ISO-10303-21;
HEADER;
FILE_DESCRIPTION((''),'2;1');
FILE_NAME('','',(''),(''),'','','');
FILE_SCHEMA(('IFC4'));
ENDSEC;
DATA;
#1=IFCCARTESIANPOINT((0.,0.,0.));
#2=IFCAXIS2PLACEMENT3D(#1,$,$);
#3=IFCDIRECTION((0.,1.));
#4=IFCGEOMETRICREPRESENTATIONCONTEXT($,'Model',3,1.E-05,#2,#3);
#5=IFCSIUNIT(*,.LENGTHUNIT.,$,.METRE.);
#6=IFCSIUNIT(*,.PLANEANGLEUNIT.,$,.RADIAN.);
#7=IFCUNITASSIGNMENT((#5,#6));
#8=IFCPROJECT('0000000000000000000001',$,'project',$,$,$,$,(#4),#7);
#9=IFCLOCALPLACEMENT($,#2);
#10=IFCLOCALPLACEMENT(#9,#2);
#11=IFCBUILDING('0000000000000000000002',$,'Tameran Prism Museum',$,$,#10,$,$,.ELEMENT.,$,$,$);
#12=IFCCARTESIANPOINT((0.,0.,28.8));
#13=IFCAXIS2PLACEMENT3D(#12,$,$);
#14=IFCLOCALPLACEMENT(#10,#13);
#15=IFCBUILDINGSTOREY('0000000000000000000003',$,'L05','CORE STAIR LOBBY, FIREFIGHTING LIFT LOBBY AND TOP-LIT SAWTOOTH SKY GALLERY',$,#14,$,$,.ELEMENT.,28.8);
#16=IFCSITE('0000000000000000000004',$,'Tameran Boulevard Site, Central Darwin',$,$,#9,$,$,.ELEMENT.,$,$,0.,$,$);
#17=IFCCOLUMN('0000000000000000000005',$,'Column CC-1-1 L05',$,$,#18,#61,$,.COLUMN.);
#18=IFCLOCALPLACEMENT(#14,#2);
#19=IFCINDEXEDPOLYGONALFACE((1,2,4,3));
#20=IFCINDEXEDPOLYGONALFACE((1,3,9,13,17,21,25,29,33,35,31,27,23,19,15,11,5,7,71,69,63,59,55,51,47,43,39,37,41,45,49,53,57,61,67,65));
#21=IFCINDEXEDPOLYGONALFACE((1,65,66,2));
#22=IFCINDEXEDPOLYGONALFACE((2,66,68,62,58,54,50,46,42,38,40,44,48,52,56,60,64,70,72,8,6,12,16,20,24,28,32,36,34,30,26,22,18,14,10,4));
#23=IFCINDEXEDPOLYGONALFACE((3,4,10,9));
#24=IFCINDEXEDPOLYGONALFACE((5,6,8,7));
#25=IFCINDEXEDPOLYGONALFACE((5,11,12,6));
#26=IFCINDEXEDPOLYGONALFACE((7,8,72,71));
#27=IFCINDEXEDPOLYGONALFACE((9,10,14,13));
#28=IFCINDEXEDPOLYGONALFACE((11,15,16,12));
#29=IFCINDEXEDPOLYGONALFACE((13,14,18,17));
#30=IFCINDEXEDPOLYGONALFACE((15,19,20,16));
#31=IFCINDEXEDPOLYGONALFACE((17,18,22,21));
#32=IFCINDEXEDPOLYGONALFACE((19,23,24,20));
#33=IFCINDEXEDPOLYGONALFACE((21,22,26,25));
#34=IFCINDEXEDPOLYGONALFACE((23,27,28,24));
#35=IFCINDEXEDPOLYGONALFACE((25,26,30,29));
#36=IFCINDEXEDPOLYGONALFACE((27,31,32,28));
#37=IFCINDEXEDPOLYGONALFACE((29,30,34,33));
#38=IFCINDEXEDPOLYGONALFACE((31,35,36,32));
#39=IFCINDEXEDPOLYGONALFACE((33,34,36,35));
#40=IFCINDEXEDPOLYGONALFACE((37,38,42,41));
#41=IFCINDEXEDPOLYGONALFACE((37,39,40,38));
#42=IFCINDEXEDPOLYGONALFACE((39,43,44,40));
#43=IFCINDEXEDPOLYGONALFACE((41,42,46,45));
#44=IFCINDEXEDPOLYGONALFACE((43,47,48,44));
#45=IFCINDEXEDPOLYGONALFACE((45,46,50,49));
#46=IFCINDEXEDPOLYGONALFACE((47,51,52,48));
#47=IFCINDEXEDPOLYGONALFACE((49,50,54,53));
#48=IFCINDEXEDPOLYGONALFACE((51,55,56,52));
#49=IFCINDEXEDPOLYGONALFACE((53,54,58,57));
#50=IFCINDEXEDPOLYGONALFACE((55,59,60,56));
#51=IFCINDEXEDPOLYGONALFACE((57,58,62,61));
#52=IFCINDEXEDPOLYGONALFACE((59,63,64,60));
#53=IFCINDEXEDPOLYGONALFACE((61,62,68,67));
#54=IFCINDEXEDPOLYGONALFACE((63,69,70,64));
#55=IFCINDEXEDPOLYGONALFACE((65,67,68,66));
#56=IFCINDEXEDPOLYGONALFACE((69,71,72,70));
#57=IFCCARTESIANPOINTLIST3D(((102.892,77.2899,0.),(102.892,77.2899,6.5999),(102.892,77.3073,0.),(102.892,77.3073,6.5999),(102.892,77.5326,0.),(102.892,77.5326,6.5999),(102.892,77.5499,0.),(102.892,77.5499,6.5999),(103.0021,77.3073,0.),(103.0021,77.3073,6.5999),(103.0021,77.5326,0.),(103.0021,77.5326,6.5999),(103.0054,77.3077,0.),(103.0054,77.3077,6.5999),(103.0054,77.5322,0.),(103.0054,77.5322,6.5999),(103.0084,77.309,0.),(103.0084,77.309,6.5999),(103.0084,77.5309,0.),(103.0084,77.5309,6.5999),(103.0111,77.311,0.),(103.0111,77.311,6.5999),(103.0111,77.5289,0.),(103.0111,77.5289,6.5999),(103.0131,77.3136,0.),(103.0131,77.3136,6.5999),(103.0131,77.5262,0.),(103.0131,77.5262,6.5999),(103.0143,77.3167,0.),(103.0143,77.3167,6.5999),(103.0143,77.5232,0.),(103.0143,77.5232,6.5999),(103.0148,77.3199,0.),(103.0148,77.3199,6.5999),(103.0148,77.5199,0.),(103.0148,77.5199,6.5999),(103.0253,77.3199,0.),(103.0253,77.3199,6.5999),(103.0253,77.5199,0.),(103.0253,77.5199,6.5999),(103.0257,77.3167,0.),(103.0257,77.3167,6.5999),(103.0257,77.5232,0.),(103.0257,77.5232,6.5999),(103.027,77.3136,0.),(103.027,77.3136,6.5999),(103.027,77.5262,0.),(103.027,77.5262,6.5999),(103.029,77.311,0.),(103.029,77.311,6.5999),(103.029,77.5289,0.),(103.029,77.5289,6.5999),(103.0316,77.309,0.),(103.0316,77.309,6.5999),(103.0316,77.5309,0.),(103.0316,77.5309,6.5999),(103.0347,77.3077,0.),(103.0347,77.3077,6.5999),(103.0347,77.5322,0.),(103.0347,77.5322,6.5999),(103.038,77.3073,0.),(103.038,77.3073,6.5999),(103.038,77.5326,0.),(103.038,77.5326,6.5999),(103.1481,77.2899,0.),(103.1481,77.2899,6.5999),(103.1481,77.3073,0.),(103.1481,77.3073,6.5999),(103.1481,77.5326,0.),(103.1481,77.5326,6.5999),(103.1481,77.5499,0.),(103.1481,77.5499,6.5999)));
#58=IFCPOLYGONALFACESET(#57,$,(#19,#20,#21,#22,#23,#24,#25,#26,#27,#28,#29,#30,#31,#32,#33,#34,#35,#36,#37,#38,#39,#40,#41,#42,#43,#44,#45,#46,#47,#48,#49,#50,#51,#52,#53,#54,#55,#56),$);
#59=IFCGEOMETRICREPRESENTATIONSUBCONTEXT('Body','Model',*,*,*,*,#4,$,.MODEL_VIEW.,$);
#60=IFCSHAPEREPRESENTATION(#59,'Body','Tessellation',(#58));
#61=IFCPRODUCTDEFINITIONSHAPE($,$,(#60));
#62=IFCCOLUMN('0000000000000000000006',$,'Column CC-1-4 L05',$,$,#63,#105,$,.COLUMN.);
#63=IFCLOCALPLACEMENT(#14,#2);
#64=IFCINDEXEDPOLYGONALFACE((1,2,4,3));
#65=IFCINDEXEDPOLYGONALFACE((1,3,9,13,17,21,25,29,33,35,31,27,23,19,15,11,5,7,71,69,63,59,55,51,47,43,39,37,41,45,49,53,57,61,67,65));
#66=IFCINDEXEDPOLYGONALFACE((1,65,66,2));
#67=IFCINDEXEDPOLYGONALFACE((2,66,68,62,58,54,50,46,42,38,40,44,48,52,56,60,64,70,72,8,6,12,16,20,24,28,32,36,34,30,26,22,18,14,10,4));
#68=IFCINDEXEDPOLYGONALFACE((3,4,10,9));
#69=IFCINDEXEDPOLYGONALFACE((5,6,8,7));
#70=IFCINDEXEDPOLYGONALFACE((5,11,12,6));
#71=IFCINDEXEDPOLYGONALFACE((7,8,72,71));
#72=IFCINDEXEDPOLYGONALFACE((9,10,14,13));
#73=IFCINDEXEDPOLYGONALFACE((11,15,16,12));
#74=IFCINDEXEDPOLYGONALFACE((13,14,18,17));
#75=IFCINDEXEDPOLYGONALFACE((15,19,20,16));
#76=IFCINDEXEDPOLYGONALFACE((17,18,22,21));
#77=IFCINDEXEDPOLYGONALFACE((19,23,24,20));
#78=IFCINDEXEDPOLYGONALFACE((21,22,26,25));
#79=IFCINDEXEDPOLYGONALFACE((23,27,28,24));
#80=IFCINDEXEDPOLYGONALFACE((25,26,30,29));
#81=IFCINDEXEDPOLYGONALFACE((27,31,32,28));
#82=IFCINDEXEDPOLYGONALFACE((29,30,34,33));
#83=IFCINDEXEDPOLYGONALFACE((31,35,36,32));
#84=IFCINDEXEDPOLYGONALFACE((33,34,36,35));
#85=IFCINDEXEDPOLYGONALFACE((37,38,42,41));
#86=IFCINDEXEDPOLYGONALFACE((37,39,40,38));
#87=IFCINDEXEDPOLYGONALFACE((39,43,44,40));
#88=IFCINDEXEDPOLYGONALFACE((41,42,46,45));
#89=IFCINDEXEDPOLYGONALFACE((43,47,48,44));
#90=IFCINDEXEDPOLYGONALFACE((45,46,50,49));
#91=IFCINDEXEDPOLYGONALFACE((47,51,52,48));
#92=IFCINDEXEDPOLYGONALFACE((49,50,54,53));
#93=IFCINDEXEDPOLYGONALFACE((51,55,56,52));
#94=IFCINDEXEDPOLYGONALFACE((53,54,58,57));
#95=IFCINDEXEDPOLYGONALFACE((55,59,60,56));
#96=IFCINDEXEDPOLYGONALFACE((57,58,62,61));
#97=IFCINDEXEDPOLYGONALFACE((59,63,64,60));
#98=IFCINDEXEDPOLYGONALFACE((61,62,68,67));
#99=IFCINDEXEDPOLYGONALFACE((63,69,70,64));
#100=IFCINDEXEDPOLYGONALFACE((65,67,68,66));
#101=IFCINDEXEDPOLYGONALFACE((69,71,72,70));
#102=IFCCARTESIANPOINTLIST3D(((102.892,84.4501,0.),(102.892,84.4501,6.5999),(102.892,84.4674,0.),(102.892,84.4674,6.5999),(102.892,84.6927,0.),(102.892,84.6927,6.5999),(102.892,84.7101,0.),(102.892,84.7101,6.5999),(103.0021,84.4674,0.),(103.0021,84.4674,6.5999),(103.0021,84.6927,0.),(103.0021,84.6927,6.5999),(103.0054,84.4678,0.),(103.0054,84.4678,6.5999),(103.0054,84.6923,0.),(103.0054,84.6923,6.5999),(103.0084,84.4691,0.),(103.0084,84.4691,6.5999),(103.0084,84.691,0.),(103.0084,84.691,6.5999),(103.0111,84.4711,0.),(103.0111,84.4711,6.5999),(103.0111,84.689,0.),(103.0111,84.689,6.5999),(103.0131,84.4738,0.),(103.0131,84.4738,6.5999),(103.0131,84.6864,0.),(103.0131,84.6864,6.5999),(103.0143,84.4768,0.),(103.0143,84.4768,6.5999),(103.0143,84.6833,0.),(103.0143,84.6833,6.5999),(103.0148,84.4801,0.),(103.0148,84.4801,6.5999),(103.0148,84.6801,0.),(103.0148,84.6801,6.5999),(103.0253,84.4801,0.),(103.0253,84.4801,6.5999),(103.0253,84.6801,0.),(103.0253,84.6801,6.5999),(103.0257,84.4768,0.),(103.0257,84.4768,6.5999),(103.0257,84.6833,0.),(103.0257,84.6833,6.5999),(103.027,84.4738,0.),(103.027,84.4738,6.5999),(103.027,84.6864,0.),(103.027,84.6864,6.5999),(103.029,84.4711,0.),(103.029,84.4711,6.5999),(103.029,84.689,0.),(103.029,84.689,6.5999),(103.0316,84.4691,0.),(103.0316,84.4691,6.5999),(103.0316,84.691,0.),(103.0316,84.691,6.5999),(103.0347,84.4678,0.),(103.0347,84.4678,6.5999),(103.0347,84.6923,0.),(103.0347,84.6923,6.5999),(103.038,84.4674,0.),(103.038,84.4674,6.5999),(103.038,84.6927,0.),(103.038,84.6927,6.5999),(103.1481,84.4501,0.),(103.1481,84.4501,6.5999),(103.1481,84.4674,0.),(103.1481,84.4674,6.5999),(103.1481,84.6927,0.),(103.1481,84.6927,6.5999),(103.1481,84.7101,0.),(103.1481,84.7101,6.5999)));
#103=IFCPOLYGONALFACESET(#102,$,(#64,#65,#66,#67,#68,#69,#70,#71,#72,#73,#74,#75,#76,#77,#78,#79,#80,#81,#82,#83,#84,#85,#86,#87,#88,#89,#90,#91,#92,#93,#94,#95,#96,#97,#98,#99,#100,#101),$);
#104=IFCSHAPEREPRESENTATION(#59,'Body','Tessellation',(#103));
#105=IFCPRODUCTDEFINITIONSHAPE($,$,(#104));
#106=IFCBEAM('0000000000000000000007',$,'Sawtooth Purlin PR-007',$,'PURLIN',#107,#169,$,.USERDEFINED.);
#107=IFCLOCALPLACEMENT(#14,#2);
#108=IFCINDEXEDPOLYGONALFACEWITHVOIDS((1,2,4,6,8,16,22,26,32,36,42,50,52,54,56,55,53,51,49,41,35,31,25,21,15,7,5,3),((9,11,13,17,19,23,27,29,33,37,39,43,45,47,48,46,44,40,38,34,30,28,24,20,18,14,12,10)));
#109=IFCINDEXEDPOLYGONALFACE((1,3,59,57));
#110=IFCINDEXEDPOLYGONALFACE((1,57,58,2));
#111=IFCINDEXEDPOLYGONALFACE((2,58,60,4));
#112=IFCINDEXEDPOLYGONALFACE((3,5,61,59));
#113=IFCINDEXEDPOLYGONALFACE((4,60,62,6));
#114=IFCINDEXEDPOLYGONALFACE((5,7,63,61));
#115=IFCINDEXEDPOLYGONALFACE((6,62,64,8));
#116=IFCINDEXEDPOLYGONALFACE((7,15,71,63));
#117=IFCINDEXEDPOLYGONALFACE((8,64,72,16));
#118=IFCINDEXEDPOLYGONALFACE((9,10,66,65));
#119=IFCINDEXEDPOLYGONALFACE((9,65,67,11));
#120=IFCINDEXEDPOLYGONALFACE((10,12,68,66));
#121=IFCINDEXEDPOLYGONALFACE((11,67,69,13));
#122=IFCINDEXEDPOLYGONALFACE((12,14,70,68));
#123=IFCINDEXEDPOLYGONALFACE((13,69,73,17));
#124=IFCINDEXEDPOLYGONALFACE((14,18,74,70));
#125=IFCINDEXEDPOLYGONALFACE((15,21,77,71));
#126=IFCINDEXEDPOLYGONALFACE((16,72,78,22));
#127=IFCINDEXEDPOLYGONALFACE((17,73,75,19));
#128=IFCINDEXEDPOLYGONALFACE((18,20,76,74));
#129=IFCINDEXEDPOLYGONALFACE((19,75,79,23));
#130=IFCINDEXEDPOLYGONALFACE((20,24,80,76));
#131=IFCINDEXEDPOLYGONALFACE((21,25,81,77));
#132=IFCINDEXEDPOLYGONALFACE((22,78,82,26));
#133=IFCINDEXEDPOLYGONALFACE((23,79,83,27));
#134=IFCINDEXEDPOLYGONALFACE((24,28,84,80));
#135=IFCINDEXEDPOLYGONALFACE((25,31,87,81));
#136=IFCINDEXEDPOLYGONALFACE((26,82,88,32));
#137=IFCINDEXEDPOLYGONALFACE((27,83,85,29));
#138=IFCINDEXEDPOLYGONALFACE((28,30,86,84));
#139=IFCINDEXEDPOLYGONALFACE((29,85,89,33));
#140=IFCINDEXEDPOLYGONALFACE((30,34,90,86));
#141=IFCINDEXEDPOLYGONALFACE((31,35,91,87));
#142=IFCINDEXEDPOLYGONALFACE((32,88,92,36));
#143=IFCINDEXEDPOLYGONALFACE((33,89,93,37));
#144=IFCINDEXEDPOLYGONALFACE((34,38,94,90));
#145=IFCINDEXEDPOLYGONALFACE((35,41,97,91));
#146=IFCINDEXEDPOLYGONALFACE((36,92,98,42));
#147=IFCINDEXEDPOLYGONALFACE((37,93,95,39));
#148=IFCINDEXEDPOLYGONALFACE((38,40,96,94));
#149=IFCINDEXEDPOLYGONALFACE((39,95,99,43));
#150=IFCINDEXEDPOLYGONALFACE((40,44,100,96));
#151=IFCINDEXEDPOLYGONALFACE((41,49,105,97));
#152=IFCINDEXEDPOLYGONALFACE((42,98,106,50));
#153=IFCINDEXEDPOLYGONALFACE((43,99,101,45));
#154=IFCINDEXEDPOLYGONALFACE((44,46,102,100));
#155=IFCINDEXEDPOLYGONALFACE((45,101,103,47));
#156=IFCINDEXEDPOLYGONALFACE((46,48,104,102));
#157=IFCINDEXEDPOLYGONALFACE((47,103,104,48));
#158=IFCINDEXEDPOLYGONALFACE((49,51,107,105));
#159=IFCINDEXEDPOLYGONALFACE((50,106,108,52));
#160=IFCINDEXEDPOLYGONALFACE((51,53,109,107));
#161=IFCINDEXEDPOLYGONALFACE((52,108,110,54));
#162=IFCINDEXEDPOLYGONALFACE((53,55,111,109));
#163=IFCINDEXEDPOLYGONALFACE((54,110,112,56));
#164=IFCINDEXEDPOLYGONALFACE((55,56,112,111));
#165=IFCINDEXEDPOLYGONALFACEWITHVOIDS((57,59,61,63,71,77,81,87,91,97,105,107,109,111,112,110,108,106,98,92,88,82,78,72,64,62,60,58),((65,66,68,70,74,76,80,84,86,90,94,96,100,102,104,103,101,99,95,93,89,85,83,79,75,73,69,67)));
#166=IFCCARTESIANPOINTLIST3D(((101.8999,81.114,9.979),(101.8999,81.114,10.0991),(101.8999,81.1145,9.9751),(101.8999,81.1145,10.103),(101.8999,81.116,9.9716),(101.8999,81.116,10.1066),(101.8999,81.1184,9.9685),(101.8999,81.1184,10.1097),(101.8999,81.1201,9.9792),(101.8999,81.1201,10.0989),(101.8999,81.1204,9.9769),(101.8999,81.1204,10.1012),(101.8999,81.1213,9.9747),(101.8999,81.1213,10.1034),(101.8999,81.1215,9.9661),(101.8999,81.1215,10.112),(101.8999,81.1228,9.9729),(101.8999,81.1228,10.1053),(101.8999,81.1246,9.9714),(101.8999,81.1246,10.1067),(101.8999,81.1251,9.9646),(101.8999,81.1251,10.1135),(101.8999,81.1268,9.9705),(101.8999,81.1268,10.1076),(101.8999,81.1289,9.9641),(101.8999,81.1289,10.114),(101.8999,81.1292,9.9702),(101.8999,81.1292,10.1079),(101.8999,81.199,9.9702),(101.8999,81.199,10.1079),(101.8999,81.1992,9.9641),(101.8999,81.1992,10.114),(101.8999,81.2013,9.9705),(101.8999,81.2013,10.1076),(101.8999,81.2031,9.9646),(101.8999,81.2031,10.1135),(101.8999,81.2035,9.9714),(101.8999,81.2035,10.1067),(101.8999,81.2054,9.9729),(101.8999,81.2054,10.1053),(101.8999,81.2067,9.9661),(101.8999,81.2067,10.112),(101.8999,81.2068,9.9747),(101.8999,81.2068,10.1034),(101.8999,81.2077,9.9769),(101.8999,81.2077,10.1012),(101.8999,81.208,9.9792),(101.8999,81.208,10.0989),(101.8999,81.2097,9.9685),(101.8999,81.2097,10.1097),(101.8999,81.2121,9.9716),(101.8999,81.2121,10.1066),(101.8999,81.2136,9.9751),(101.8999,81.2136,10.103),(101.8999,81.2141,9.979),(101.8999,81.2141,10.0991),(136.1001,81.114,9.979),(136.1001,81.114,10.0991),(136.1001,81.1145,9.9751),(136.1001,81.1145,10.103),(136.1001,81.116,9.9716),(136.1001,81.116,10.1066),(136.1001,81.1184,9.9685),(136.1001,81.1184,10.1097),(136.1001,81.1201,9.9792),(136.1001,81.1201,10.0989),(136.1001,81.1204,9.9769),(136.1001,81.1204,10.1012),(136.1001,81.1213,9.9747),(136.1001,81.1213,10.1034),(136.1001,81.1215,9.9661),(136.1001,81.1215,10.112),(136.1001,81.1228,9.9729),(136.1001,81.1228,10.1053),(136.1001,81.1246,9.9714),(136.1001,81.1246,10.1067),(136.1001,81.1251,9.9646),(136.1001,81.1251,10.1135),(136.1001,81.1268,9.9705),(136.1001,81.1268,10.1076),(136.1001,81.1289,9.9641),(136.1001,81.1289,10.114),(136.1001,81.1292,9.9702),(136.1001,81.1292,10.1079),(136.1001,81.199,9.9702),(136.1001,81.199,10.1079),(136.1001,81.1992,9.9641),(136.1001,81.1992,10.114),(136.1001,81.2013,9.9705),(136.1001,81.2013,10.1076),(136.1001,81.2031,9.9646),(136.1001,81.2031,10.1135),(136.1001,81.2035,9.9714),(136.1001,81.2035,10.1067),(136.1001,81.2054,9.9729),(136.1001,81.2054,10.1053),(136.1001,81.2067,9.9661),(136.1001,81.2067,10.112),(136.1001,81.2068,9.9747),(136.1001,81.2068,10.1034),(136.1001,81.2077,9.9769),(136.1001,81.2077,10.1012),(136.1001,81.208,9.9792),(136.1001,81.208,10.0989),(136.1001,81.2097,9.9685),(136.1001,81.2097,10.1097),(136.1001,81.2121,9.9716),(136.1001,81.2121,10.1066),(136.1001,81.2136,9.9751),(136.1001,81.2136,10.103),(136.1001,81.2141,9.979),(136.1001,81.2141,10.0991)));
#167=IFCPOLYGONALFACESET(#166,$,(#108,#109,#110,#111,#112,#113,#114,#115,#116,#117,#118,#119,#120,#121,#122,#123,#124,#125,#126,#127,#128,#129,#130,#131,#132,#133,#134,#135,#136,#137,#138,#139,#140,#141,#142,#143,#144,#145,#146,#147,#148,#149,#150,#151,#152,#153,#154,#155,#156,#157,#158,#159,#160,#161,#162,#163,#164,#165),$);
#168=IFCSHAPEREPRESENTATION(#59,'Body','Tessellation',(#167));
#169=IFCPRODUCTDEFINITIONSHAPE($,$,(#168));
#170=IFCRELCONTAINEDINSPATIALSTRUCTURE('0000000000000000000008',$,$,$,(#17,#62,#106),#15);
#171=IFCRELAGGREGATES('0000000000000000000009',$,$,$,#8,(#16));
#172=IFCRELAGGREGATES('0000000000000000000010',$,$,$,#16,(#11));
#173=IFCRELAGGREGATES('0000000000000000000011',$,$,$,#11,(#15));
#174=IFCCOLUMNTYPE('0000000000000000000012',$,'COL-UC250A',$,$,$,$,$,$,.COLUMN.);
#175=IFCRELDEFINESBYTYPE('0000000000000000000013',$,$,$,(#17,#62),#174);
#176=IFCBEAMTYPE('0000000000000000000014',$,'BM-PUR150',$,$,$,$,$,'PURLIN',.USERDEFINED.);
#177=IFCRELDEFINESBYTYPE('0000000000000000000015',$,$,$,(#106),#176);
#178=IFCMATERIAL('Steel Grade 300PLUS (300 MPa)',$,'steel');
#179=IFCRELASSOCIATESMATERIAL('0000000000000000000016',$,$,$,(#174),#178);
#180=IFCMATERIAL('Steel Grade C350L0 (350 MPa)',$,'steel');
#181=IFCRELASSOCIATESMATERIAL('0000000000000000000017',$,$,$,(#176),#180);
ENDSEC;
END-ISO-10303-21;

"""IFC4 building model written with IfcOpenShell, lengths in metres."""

from ifc_helpers import new_model, si_unit, direction, frame, origin, origin_2d, place, context, subcontext, project, spatial, hollow_rectangle, i_section, extrude, material, material_profile, profile_set, type_object, element, save


model = new_model("IFC4")

# Units and contexts
model_context = context("Model", 3, precision=1e-05, world=origin(), true_north=direction((0.0, 1.0)))
body_context = subcontext(model_context, "Body", "Model", "MODEL_VIEW")
ifc_project = project(units=[si_unit("LENGTHUNIT", "METRE"), si_unit("PLANEANGLEUNIT", "RADIAN")], contexts=[model_context])

# Site, building, storey
site_placement = place(None, origin())
site = spatial("IfcSite", under=ifc_project, at=site_placement, Name="Tameran Boulevard Site, Central Darwin", CompositionType="ELEMENT", RefElevation=0.0)
building_placement = place(site_placement, origin())
building = spatial("IfcBuilding", under=site, at=building_placement, Name="Tameran Prism Museum", CompositionType="ELEMENT")
storey_placement = place(building_placement, frame((0.0, 0.0, 28.8)))
storey = spatial("IfcBuildingStorey", under=building, at=storey_placement, Name="L05", Description="CORE STAIR LOBBY, FIREFIGHTING LIFT LOBBY AND TOP-LIT SAWTOOTH SKY GALLERY", CompositionType="ELEMENT", Elevation=28.8)

# Columns
ifc_material_1 = material(Name="Steel Grade 300PLUS (300 MPa)", Category="steel")
ifc_material_profile_1 = material_profile(ifc_material_1, i_section(OverallWidth=0.2561, OverallDepth=0.26, WebThickness=0.0105, FlangeThickness=0.0173, FilletRadius=0.0127, at=origin_2d()))
ifc_profile_set_1 = profile_set([ifc_material_profile_1])
column_type = type_object("IfcColumnType", Name="COL-UC250A", PredefinedType="COLUMN", material=ifc_profile_set_1)
for number, where, z_axis, x_axis, name in (
    (1, (103.02, 77.4199, 0.0), (0.0, 0.0, 1.0), (1.0, 0.0, 0.0), "Column CC-1-1 L05"),
    (2, (103.02, 84.5801, 0.0), (0.0, 0.0, 1.0), (1.0, 0.0, 0.0), "Column CC-1-4 L05"),
):
    element("IfcColumn", number, at=place(storey_placement, frame(where, z_axis=z_axis, x_axis=x_axis)), inside=storey, type_object=column_type, Name=name, PredefinedType="COLUMN", context=body_context, shape_type="SweptSolid", body=[
        extrude(i_section(OverallWidth=0.2561, OverallDepth=0.26, WebThickness=0.0105, FlangeThickness=0.0173, FilletRadius=0.0127, at=origin_2d()), origin(), (0.0, 0.0, 1.0), 6.5999),
    ])

# Beam
ifc_material_2 = material(Name="Steel Grade C350L0 (350 MPa)", Category="steel")
ifc_material_profile_2 = material_profile(ifc_material_2, hollow_rectangle(XDim=0.1001, YDim=0.1499, WallThickness=0.0061, InnerFilletRadius=0.009, OuterFilletRadius=0.0149, at=origin_2d()))
ifc_profile_set_2 = profile_set([ifc_material_profile_2])
beam_type_1 = type_object("IfcBeamType", Name="BM-PUR150", ElementType="PURLIN", PredefinedType="USERDEFINED", material=ifc_profile_set_2)
for number, where, z_axis, x_axis, name in (
    (3, (101.8999, 81.1641, 10.0391), (1.0, 0.0, 0.0), (0.0, 1.0, 0.0), "Sawtooth Purlin PR-007"),
):
    element("IfcBeam", number, at=place(storey_placement, frame(where, z_axis=z_axis, x_axis=x_axis)), inside=storey, type_object=beam_type_1, Name=name, ObjectType="PURLIN", PredefinedType="USERDEFINED", context=body_context, shape_type="SweptSolid", body=[
        extrude(hollow_rectangle(XDim=0.1001, YDim=0.1499, WallThickness=0.0061, InnerFilletRadius=0.009, OuterFilletRadius=0.0149, at=origin_2d()), origin(), (0.0, 0.0, 1.0), 34.2002),
    ])

save(model, "model.ifc")
